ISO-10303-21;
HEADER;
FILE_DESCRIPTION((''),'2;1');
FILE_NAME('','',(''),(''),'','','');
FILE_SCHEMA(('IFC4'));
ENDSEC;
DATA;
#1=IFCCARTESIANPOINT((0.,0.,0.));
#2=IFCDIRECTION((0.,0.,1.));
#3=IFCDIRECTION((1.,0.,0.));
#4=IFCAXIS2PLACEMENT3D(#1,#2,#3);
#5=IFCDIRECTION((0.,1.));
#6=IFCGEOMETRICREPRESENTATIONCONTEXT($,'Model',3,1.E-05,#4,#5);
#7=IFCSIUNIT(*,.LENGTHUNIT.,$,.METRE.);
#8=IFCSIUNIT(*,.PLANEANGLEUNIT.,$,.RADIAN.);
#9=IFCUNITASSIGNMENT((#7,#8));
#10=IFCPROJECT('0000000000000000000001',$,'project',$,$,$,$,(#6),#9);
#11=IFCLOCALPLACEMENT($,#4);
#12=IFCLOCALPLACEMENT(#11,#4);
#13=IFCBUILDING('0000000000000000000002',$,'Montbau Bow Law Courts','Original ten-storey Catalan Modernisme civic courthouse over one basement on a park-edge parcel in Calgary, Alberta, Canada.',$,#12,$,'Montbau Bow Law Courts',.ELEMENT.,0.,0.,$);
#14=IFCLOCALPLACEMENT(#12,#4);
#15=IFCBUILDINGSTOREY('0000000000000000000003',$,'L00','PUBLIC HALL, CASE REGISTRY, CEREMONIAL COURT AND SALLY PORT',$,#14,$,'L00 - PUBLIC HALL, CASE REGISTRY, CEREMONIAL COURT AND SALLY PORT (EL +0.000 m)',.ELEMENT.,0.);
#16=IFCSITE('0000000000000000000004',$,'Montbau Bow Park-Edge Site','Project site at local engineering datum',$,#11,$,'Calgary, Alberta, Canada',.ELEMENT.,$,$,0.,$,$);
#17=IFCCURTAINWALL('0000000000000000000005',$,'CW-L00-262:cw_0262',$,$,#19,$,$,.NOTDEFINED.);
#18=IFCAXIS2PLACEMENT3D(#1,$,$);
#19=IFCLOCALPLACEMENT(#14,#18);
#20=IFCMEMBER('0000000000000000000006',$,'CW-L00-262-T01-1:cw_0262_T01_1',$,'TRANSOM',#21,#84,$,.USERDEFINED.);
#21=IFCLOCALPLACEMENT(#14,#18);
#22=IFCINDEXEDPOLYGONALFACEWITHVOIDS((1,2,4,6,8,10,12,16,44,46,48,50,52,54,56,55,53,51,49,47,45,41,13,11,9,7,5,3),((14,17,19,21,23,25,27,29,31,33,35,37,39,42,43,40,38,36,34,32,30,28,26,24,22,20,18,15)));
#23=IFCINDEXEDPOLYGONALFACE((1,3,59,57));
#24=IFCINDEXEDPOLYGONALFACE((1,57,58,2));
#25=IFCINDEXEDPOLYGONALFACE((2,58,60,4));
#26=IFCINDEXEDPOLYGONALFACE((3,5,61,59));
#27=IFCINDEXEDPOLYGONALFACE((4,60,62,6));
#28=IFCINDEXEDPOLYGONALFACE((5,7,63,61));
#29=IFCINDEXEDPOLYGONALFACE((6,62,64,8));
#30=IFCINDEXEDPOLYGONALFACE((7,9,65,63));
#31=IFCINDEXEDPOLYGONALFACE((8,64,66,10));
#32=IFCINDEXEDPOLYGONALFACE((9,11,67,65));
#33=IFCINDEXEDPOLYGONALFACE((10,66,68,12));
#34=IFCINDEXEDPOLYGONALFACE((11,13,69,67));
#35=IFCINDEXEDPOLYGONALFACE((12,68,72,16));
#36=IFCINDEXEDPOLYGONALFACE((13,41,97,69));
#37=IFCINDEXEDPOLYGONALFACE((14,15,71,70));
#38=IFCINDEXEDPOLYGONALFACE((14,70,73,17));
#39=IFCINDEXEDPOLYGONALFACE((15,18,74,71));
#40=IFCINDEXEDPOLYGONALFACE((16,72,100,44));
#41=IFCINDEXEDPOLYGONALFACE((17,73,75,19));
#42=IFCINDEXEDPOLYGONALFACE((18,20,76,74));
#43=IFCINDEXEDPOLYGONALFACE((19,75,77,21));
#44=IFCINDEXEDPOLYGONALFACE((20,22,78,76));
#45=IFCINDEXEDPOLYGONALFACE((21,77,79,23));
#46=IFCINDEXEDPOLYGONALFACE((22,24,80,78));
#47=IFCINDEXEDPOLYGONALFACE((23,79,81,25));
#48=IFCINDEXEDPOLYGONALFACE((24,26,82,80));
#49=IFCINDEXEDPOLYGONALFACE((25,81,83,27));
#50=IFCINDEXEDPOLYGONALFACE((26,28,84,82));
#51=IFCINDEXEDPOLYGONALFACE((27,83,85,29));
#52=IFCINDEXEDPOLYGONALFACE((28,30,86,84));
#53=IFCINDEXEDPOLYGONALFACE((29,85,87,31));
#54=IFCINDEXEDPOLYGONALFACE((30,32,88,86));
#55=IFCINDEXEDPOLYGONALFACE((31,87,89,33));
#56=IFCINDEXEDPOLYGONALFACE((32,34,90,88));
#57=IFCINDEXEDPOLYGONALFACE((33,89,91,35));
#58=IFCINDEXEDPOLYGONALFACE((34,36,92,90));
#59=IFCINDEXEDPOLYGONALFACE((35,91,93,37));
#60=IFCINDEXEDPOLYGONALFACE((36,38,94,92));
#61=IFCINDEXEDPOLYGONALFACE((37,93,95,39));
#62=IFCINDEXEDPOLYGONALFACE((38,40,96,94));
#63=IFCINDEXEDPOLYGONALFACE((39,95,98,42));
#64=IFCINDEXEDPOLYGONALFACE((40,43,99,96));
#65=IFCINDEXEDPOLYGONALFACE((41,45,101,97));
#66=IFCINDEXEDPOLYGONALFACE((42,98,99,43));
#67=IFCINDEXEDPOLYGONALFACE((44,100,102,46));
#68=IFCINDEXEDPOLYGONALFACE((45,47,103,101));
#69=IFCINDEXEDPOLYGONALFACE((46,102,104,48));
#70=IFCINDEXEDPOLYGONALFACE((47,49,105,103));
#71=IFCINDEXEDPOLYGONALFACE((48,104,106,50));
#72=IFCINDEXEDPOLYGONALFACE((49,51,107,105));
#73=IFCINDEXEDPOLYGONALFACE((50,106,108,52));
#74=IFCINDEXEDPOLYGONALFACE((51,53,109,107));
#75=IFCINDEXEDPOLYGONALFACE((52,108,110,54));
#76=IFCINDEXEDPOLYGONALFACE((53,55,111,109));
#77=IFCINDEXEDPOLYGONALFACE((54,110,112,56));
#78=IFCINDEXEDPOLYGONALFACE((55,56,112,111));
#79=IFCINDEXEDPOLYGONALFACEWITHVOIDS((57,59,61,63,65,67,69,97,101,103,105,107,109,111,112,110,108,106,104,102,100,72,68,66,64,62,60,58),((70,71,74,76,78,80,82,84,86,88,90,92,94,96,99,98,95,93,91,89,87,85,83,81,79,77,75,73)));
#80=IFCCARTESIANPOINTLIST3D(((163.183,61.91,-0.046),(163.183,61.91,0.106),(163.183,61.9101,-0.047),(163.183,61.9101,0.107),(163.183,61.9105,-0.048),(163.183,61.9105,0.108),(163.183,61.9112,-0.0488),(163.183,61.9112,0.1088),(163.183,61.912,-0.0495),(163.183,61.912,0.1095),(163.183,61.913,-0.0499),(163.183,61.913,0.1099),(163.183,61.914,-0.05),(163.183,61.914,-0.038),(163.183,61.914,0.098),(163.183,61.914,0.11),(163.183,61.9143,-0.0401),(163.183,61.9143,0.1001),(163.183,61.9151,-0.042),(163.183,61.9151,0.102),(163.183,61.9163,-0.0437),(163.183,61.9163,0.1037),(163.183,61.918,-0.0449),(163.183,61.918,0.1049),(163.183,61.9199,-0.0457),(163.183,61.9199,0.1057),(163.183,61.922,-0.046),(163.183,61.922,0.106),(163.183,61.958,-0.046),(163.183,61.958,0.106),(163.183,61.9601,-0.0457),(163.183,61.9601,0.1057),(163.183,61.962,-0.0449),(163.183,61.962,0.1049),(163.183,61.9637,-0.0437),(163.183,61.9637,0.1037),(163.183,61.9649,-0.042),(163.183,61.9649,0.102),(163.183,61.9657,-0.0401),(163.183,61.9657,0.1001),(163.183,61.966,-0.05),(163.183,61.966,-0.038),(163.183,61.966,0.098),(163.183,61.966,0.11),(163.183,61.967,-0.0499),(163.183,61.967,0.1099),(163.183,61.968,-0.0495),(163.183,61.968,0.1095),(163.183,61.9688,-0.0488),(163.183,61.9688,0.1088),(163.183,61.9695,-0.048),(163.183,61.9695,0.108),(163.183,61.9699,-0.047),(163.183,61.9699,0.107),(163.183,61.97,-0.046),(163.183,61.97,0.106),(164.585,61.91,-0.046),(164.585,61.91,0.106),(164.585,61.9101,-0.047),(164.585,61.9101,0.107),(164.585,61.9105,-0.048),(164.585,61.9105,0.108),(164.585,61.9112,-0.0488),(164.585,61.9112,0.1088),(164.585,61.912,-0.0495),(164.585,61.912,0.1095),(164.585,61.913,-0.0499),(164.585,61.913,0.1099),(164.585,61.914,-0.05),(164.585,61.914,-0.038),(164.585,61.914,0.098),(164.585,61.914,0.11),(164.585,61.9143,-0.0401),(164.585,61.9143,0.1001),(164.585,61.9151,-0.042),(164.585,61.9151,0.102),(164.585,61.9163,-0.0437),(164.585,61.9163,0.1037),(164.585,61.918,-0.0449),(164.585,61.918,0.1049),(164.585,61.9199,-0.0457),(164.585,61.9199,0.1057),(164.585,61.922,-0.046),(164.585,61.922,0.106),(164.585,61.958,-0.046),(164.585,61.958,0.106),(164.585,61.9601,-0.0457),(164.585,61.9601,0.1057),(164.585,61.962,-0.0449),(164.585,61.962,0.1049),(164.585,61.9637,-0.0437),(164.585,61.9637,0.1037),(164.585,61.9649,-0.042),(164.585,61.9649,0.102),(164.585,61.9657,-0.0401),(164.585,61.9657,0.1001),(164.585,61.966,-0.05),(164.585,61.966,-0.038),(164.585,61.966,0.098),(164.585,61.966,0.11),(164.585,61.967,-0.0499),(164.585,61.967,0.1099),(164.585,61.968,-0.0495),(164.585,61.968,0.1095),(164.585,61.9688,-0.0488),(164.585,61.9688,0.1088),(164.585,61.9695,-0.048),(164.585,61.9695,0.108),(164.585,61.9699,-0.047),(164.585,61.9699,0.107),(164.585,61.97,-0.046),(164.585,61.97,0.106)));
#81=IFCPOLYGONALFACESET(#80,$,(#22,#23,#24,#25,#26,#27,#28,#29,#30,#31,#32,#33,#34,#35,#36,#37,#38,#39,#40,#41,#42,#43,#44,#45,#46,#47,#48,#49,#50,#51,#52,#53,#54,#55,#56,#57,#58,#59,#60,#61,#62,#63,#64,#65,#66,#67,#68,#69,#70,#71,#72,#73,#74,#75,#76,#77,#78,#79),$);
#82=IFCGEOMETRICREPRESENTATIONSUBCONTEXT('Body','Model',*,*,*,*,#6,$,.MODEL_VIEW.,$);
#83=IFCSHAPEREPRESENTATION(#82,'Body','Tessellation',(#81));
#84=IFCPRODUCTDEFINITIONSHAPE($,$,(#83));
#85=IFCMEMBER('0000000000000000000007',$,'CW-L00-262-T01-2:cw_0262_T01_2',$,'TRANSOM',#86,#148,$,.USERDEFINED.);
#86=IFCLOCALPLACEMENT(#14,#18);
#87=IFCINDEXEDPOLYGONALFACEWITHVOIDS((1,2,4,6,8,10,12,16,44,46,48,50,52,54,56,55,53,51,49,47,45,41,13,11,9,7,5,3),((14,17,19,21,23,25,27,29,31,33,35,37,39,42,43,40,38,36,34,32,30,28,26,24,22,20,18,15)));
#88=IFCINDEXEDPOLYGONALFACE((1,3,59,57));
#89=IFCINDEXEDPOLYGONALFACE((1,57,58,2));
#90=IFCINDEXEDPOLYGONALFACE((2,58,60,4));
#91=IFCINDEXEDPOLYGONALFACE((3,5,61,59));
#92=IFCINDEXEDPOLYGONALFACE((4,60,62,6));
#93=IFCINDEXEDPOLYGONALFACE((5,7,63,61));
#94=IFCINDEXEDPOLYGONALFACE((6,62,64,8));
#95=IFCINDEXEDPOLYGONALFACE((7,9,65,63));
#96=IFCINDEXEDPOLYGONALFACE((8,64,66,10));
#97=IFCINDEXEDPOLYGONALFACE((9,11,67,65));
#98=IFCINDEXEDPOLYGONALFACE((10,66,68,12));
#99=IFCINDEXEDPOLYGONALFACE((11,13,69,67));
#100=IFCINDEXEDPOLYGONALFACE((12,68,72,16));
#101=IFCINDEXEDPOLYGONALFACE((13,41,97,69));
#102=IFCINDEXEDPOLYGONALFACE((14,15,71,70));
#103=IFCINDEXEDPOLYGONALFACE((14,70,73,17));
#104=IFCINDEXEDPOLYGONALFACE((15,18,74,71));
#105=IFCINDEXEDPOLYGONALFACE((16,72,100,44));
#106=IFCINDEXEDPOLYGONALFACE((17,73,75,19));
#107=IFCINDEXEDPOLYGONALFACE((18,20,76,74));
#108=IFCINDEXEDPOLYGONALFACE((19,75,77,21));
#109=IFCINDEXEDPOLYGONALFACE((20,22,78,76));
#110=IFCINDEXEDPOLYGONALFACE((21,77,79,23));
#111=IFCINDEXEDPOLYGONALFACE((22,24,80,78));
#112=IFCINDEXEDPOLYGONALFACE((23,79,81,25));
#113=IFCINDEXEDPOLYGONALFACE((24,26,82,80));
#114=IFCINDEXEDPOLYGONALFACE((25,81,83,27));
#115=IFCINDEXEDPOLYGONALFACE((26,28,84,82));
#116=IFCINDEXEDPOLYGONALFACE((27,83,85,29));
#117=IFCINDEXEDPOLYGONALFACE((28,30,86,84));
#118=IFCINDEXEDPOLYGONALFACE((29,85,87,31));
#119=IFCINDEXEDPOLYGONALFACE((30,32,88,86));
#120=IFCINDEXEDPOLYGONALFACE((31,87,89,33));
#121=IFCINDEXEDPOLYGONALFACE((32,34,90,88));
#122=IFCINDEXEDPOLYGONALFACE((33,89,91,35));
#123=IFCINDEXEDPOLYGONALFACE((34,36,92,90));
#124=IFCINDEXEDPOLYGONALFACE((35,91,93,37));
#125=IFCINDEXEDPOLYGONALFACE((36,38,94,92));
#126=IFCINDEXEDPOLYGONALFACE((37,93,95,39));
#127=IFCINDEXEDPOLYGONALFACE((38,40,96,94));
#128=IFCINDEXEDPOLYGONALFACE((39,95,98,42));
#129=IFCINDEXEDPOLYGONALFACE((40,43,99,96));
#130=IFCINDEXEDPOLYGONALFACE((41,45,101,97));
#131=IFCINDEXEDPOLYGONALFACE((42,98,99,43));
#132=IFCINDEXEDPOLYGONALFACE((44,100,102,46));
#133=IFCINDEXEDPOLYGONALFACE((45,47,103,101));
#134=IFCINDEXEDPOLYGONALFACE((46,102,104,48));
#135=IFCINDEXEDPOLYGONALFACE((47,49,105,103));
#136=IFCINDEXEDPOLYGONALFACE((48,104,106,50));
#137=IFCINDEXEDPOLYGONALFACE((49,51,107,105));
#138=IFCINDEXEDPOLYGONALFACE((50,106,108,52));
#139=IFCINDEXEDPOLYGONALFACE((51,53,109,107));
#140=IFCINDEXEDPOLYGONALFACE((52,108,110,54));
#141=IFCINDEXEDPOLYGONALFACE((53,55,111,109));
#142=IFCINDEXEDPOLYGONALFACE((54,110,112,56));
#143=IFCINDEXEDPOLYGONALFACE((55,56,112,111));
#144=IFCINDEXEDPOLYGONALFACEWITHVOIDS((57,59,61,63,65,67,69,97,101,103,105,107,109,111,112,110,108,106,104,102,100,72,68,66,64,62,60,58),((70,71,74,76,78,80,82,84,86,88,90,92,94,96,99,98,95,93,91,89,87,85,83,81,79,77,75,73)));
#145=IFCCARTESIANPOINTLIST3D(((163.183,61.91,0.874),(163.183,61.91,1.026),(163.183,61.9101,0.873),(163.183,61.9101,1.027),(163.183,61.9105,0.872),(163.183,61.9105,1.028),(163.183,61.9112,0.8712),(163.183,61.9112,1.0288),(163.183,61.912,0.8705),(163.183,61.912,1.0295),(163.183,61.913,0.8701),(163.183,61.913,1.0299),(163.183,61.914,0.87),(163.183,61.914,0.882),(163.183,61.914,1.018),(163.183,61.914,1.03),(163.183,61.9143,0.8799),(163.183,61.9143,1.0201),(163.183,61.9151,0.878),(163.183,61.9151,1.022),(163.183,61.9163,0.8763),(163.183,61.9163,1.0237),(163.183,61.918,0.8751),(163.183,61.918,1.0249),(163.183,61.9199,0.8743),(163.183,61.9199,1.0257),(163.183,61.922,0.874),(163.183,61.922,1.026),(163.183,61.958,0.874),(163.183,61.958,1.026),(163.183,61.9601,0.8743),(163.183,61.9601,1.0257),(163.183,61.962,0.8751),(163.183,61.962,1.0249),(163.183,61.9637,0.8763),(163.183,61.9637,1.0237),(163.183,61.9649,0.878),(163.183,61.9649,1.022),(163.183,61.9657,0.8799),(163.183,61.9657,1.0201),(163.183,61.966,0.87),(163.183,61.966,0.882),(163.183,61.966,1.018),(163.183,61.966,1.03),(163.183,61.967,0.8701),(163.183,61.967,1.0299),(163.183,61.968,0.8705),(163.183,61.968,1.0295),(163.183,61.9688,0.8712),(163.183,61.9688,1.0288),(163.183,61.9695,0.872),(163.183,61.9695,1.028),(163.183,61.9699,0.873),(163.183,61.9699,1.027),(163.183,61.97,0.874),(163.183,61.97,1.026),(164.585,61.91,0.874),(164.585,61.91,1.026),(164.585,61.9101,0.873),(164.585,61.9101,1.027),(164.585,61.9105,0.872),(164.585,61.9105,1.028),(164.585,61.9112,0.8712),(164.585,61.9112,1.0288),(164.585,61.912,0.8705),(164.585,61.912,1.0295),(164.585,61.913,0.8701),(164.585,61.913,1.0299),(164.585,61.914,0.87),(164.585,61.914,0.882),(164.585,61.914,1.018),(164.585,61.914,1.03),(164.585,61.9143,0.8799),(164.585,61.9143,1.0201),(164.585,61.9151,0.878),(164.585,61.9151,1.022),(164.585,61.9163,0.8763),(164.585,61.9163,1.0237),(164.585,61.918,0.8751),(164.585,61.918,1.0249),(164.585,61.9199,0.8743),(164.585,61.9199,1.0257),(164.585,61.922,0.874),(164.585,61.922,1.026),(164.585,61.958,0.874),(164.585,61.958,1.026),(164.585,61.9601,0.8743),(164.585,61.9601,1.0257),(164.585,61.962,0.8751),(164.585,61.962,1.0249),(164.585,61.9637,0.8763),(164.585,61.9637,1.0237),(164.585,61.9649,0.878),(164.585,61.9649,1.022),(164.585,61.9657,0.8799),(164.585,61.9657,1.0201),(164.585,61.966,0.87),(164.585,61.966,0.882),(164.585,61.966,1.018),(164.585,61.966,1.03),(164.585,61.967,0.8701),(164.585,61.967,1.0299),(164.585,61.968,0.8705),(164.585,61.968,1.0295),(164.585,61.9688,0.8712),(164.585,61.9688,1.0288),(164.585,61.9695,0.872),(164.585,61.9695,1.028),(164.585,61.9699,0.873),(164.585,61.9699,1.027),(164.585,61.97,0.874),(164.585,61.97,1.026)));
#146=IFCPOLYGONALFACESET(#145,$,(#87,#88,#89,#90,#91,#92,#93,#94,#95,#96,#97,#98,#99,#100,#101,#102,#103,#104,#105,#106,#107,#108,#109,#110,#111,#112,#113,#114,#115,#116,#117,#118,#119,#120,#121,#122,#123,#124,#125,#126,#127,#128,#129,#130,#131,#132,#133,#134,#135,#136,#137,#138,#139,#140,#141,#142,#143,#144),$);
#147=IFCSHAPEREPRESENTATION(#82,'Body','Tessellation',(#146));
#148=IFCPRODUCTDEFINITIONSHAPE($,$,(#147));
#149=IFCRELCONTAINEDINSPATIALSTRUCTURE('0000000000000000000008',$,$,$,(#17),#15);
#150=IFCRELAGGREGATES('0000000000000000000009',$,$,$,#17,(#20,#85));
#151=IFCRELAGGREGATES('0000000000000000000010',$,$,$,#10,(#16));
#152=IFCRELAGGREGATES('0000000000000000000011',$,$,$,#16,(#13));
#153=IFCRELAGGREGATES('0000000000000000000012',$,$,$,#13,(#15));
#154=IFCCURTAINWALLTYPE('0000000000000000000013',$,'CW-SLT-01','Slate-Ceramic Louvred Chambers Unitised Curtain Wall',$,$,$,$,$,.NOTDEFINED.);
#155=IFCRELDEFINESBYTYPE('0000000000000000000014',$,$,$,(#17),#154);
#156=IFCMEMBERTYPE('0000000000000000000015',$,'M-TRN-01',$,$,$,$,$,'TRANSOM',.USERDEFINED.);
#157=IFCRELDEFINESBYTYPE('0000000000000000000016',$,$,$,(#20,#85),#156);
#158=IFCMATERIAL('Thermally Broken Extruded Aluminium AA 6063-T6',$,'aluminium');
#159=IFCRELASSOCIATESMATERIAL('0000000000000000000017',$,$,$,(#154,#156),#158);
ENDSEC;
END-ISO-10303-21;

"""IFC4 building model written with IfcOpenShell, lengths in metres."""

from ifc_helpers import new_model, si_unit, direction, frame, origin_with_axes, origin_2d_with_axis, place, context, subcontext, project, spatial, hollow_rectangle, extrude, material, material_profile, profile_set, type_object, element, aggregate, save


model = new_model("IFC4")

# Units and contexts
model_context = context("Model", 3, precision=1e-05, world=origin_with_axes(), true_north=direction((0.0, 1.0)))
body_context = subcontext(model_context, "Body", "Model", "MODEL_VIEW")
ifc_project = project(units=[si_unit("LENGTHUNIT", "METRE"), si_unit("PLANEANGLEUNIT", "RADIAN")], contexts=[model_context])

# Site, building, storey
site_placement = place(None, origin_with_axes())
site = spatial("IfcSite", under=ifc_project, at=site_placement, Name="Montbau Bow Park-Edge Site", Description="Project site at local engineering datum", LongName="Calgary, Alberta, Canada", CompositionType="ELEMENT", RefElevation=0.0)
building_placement = place(site_placement, origin_with_axes())
building = spatial("IfcBuilding", under=site, at=building_placement, Name="Montbau Bow Law Courts", Description="Original ten-storey Catalan Modernisme civic courthouse over one basement on a park-edge parcel in Calgary, Alberta, Canada.", LongName="Montbau Bow Law Courts", CompositionType="ELEMENT", ElevationOfRefHeight=0.0, ElevationOfTerrain=0.0)
storey_placement = place(building_placement, origin_with_axes())
storey = spatial("IfcBuildingStorey", under=building, at=storey_placement, Name="L00", Description="PUBLIC HALL, CASE REGISTRY, CEREMONIAL COURT AND SALLY PORT", LongName="L00 - PUBLIC HALL, CASE REGISTRY, CEREMONIAL COURT AND SALLY PORT (EL +0.000 m)", CompositionType="ELEMENT", Elevation=0.0)

# Shared definitions
ifc_material_1 = material(Name="Thermally Broken Extruded Aluminium AA 6063-T6", Category="aluminium")
curtain_wall_type = type_object("IfcCurtainWallType", Name="CW-SLT-01", Description="Slate-Ceramic Louvred Chambers Unitised Curtain Wall", PredefinedType="NOTDEFINED", material=ifc_material_1)

# Curtain wall, members
curtain_wall_1_placement = place(None, frame((163.115, 61.94, 0.0), z_axis=(0.0, 0.0, 1.0), x_axis=(1.0, 0.0, 0.0)))
curtain_wall_1 = element("IfcCurtainWall", 1, at=curtain_wall_1_placement, inside=storey, type_object=curtain_wall_type, Name="CW-L00-262:cw_0262", PredefinedType="NOTDEFINED")
ifc_material_profile_1 = material_profile(ifc_material_1, hollow_rectangle(XDim=0.06, YDim=0.16, WallThickness=0.004, InnerFilletRadius=0.008, OuterFilletRadius=0.004, at=origin_2d_with_axis()), Name="CWT-160X60", Category="Main", Priority=0)
ifc_profile_set_1 = profile_set([ifc_material_profile_1], Name="Thermally Broken Extruded Aluminium AA 6063-T6")
member_type_1 = type_object("IfcMemberType", Name="M-TRN-01", ElementType="TRANSOM", PredefinedType="USERDEFINED", material=ifc_profile_set_1)
member_1_placement = place(None, frame((163.183, 61.94, 0.03), z_axis=(1.0, 0.0, 0.0), x_axis=(0.0, 1.0, 0.0)))
member_1 = element("IfcMember", 2, at=member_1_placement, type_object=member_type_1, Name="CW-L00-262-T01-1:cw_0262_T01_1", ObjectType="TRANSOM", PredefinedType="USERDEFINED", context=body_context, shape_type="SweptSolid", body=[
    extrude(hollow_rectangle(XDim=0.06, YDim=0.16, WallThickness=0.004, InnerFilletRadius=0.008, OuterFilletRadius=0.004, at=origin_2d_with_axis()), origin_with_axes(), (0.0, 0.0, 1.0), 1.402),
])
member_2_placement = place(None, frame((163.183, 61.94, 0.95), z_axis=(1.0, 0.0, 0.0), x_axis=(0.0, 1.0, 0.0)))
member_2 = element("IfcMember", 3, at=member_2_placement, type_object=member_type_1, Name="CW-L00-262-T01-2:cw_0262_T01_2", ObjectType="TRANSOM", PredefinedType="USERDEFINED", context=body_context, shape_type="SweptSolid", body=[
    extrude(hollow_rectangle(XDim=0.06, YDim=0.16, WallThickness=0.004, InnerFilletRadius=0.008, OuterFilletRadius=0.004, at=origin_2d_with_axis()), origin_with_axes(), (0.0, 0.0, 1.0), 1.402),
])

aggregate(curtain_wall_1, [member_1, member_2])

save(model, "model.ifc")
